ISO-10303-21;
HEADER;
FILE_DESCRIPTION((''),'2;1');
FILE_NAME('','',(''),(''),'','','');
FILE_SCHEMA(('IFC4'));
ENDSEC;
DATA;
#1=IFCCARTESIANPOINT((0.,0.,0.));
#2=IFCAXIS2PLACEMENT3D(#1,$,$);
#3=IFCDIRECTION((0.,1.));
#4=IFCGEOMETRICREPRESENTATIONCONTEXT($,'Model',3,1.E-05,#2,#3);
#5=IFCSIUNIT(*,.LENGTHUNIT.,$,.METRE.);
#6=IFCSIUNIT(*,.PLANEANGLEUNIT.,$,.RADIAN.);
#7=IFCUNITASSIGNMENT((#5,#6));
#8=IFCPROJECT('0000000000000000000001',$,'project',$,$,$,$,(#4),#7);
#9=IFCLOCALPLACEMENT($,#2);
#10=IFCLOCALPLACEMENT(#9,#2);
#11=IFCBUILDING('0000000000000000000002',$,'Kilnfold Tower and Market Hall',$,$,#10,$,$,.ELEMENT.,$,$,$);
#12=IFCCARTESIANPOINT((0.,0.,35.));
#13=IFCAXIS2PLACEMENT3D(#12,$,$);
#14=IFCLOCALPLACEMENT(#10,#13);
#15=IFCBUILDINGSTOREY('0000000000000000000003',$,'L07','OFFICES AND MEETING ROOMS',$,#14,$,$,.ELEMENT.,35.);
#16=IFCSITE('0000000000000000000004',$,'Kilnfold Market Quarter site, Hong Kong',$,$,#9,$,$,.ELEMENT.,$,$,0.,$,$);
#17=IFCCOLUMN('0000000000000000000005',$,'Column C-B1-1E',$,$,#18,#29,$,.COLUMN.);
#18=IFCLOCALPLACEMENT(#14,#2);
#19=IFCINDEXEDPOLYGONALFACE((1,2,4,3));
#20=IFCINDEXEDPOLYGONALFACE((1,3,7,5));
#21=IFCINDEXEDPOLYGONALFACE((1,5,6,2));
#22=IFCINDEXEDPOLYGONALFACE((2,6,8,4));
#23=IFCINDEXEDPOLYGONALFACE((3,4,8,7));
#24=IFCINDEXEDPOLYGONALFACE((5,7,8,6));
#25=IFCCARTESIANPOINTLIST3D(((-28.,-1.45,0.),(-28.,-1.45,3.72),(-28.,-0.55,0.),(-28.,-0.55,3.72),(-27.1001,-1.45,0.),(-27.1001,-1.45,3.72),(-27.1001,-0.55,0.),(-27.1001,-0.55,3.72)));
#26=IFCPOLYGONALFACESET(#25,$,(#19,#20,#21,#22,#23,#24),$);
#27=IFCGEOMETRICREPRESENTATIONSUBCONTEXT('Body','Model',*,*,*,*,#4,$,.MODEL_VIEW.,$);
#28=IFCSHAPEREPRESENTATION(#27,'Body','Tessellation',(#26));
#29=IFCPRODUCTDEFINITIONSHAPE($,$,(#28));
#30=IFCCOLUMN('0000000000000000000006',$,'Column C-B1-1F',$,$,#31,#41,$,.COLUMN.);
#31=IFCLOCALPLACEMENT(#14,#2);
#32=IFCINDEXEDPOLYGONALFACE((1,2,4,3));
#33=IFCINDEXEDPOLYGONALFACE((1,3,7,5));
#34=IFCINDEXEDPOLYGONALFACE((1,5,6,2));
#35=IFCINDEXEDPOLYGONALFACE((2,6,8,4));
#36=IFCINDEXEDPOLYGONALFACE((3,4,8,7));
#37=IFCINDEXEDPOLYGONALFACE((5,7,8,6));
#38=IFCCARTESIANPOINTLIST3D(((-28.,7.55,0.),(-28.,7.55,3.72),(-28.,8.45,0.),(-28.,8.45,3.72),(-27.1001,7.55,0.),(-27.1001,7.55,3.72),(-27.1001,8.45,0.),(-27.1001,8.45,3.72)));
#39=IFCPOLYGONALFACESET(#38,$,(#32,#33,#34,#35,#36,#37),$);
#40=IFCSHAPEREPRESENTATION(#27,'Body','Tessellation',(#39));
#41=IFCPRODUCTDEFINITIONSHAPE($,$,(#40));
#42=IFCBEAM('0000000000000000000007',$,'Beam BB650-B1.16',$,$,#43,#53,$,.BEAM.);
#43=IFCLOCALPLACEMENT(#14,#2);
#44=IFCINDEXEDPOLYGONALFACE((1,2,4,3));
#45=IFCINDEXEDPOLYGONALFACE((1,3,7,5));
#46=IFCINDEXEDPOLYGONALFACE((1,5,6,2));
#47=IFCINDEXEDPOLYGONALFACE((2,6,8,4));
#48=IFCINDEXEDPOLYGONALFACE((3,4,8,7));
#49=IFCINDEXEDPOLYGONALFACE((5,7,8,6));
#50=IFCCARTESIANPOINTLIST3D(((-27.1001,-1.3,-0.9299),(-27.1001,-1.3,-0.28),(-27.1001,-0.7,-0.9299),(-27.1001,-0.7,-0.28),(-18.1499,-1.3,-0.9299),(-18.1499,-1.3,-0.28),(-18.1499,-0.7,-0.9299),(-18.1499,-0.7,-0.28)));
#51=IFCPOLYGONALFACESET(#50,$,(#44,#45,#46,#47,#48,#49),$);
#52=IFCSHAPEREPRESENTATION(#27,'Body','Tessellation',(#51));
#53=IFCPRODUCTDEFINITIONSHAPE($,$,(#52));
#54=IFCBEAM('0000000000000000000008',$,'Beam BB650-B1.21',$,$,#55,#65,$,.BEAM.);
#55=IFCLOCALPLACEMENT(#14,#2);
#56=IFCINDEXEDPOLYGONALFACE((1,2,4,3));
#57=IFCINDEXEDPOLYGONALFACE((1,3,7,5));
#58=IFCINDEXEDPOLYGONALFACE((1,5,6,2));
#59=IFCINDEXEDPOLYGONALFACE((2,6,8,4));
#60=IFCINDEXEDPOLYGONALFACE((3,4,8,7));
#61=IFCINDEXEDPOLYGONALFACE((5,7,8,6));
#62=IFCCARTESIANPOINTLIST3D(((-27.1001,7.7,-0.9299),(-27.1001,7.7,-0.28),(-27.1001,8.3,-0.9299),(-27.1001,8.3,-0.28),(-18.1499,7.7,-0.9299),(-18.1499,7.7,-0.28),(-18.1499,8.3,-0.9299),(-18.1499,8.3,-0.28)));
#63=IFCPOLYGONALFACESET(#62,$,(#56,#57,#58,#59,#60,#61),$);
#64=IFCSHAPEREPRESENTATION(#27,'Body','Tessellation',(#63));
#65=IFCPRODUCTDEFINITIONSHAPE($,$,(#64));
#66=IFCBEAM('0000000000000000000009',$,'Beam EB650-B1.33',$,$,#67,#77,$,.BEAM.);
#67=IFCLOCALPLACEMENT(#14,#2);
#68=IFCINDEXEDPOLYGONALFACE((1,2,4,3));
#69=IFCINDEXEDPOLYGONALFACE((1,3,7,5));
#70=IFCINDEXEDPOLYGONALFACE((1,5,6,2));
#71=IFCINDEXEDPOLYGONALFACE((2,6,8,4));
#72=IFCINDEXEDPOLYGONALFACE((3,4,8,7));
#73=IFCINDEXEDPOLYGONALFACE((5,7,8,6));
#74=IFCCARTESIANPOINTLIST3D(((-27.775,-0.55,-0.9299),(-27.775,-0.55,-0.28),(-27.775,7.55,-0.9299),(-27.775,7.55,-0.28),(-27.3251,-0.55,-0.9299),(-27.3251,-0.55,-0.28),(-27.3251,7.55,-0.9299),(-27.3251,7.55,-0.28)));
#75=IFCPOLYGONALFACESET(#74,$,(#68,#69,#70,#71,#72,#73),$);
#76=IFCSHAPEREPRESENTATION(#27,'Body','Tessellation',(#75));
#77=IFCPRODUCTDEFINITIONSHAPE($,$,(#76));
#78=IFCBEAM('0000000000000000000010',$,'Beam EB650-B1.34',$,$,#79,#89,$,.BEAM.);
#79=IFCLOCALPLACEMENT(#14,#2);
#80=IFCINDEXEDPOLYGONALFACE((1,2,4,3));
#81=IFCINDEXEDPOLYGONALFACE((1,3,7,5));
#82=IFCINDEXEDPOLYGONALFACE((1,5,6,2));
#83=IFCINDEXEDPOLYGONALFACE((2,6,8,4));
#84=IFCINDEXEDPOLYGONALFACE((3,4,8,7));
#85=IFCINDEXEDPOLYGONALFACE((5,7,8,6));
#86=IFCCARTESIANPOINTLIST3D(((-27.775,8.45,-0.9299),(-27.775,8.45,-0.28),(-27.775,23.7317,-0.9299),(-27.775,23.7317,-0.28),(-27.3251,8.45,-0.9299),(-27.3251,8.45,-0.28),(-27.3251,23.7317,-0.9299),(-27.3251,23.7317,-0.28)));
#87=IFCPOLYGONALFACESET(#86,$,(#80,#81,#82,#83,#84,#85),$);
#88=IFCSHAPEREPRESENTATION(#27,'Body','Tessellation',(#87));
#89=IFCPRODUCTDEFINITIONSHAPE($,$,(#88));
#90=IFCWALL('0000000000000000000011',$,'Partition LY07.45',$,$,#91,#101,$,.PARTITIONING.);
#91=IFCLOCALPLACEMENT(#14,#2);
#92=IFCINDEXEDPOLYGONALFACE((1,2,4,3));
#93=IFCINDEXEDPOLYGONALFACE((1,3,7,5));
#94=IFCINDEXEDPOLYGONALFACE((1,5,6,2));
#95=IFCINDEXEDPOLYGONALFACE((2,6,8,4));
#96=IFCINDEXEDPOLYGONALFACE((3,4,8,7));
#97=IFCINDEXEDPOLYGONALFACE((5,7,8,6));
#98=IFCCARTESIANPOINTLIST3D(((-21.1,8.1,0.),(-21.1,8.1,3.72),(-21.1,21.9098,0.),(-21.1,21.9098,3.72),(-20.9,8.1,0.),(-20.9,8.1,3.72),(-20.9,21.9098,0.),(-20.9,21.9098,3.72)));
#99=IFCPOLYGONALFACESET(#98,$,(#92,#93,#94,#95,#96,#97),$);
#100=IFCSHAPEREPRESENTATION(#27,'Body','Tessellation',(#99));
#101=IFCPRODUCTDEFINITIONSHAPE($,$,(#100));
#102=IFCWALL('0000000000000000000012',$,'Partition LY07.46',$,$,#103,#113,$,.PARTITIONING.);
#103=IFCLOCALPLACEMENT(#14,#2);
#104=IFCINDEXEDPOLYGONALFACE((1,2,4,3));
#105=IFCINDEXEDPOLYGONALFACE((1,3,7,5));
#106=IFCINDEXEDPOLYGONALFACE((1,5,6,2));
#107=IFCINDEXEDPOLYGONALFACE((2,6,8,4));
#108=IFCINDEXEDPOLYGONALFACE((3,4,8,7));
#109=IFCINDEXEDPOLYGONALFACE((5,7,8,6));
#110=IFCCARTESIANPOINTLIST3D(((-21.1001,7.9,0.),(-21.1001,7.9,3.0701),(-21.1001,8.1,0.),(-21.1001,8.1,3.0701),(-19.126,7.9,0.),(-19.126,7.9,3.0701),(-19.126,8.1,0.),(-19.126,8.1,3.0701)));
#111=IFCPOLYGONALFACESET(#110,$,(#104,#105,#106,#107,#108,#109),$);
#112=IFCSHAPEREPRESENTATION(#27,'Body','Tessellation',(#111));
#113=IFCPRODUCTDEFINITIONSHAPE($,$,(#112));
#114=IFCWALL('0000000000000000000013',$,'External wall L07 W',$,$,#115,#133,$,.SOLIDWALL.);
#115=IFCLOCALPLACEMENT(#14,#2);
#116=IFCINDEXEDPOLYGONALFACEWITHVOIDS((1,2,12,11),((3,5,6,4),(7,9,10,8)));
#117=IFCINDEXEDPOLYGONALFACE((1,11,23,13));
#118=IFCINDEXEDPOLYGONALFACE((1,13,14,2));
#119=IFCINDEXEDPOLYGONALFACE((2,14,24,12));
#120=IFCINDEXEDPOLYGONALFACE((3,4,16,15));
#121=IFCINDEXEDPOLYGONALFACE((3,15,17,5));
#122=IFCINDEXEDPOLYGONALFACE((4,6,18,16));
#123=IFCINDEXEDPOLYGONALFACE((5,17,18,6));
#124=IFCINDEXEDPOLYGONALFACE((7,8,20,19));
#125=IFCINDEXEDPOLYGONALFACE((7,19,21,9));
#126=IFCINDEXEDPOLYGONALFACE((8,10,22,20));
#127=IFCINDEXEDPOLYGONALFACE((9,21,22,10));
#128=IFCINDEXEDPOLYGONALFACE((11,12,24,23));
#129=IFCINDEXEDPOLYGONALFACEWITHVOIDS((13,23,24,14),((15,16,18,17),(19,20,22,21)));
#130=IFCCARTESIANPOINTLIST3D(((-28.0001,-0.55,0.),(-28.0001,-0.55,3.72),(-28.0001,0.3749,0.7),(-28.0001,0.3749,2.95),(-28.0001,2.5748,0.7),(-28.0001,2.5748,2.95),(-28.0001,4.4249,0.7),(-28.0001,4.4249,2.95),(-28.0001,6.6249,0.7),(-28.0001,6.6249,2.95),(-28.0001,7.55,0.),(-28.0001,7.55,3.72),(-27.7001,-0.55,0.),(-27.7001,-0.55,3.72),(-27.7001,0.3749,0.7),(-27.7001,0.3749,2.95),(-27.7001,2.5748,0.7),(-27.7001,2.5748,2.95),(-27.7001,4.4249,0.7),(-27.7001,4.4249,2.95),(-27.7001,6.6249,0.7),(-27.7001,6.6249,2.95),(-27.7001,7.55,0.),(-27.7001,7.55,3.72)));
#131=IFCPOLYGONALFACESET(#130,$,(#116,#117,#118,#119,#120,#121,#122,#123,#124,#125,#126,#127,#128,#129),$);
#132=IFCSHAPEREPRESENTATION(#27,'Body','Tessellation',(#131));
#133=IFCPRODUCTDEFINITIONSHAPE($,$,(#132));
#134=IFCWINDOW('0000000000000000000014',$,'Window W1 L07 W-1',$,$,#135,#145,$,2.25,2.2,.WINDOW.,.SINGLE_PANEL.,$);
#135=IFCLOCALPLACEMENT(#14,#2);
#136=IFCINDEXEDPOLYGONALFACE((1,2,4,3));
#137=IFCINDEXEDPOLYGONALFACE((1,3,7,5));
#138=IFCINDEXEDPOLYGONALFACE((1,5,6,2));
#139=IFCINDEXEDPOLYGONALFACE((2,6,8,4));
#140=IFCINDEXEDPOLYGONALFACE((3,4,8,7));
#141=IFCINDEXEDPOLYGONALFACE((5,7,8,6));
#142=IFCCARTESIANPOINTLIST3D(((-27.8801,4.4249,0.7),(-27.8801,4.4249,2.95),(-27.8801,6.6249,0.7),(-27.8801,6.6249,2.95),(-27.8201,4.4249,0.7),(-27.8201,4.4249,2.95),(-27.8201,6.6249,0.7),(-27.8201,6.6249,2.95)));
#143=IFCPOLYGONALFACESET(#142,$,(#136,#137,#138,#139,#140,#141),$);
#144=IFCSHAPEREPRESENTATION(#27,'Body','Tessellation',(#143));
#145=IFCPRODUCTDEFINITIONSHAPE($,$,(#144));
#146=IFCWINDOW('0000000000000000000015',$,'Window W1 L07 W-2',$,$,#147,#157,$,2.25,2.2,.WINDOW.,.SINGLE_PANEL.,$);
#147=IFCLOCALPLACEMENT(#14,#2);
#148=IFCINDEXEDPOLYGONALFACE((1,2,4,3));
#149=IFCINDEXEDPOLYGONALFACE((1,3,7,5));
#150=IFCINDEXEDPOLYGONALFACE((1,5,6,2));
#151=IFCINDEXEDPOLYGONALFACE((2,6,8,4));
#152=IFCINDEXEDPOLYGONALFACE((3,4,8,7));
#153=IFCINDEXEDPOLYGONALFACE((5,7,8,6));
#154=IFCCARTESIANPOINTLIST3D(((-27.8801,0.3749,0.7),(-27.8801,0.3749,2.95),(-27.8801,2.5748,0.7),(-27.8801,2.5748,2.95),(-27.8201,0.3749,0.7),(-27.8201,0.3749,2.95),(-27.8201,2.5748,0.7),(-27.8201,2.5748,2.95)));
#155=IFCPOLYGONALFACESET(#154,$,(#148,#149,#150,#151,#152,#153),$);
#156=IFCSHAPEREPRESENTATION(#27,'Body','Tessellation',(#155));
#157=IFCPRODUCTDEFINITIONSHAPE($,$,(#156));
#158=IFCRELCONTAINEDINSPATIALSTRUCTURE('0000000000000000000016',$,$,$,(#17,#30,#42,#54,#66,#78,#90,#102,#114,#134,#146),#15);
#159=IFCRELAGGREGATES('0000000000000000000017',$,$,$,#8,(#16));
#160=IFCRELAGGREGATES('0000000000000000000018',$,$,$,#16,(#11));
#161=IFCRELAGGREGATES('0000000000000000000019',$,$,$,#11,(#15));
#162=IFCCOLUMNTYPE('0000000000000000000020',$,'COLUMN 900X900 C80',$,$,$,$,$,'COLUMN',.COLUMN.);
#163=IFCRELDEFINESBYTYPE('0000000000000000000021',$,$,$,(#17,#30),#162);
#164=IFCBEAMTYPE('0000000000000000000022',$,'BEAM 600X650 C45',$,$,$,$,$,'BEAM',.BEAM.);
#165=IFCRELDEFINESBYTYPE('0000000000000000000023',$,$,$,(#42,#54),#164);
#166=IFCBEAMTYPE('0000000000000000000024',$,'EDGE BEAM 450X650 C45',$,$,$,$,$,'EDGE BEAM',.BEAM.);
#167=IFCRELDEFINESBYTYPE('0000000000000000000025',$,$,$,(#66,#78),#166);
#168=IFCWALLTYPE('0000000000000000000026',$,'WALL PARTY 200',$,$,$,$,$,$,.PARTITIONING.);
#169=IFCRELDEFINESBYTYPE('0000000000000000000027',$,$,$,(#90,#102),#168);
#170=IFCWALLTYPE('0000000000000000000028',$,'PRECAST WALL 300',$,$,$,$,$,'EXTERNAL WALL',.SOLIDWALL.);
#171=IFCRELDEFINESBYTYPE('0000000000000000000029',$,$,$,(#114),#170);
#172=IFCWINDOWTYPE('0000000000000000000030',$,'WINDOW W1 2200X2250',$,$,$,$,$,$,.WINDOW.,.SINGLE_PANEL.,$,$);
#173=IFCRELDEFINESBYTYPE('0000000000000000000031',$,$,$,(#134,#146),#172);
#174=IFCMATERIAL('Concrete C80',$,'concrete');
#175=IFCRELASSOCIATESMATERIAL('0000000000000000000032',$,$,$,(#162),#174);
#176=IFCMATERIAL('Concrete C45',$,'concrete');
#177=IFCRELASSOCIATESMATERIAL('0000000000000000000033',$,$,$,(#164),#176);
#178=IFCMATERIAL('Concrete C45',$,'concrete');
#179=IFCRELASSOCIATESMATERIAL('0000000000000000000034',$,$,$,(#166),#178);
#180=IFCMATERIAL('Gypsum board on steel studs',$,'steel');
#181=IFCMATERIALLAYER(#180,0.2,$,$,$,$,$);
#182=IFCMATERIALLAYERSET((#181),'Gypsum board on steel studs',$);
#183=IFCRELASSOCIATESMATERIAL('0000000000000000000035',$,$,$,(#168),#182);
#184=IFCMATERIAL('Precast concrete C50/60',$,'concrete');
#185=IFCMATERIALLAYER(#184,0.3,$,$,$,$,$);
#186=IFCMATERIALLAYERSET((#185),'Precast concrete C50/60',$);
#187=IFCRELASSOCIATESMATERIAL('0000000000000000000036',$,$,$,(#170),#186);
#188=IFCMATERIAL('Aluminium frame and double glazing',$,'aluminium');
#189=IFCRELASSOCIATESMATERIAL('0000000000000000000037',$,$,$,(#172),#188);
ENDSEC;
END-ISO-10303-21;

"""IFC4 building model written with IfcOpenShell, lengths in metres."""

from ifc_helpers import new_model, si_unit, direction, frame, frame_2d, origin, origin_2d, place, context, subcontext, project, spatial, rectangle, extrude, source, transform, mapped, material, layer, layer_set, material_profile, profile_set, type_object, element, fill, save


model = new_model("IFC4")

# Units and contexts
model_context = context("Model", 3, precision=1e-05, world=origin(), true_north=direction((0.0, 1.0)))
body_context = subcontext(model_context, "Body", "Model", "MODEL_VIEW")
ifc_project = project(units=[si_unit("LENGTHUNIT", "METRE"), si_unit("PLANEANGLEUNIT", "RADIAN")], contexts=[model_context])

# Site, building, storey
site_placement = place(None, origin())
site = spatial("IfcSite", under=ifc_project, at=site_placement, Name="Kilnfold Market Quarter site, Hong Kong", CompositionType="ELEMENT", RefElevation=0.0)
building_placement = place(site_placement, origin())
building = spatial("IfcBuilding", under=site, at=building_placement, Name="Kilnfold Tower and Market Hall", CompositionType="ELEMENT")
storey_placement = place(building_placement, frame((0.0, 0.0, 35.0)))
storey = spatial("IfcBuildingStorey", under=building, at=storey_placement, Name="L07", Description="OFFICES AND MEETING ROOMS", CompositionType="ELEMENT", Elevation=35.0)

# Columns
ifc_material_1 = material(Name="Concrete C80", Category="concrete")
ifc_material_profile_1 = material_profile(ifc_material_1, rectangle(XDim=0.8999, YDim=0.8999, at=origin_2d()), Name="RC 900x900")
ifc_profile_set_1 = profile_set([ifc_material_profile_1], Name="Concrete C80")
column_type = type_object("IfcColumnType", Name="COLUMN 900X900 C80", ElementType="COLUMN", PredefinedType="COLUMN", material=ifc_profile_set_1)
shared_shape_1 = source(origin(), body_context, "Body", "SweptSolid", [
    extrude(rectangle(XDim=0.8999, YDim=0.8999, at=origin_2d()), origin(), (0.0, 0.0, 1.0), 3.72),
])
for number, where, z_axis, x_axis, name in (
    (1, (-27.55, -1.0, 0.0), (0.0, 0.0, 1.0), (1.0, 0.0, 0.0), "Column C-B1-1E"),
    (2, (-27.55, 8.0, 0.0), (0.0, 0.0, 1.0), (1.0, 0.0, 0.0), "Column C-B1-1F"),
):
    element("IfcColumn", number, at=place(storey_placement, frame(where, z_axis=z_axis, x_axis=x_axis)), inside=storey, type_object=column_type, Name=name, PredefinedType="COLUMN", context=body_context, shape_type="MappedRepresentation", body=[
        mapped(shared_shape_1, transform((0.0, 0.0, 0.0))),
    ])

# Beams
ifc_material_2 = material(Name="Concrete C45", Category="concrete")
ifc_material_profile_2 = material_profile(ifc_material_2, rectangle(XDim=0.6001, YDim=0.6499, at=origin_2d()), Name="RC 600x650")
ifc_profile_set_2 = profile_set([ifc_material_profile_2], Name="Concrete C45")
beam_type_1 = type_object("IfcBeamType", Name="BEAM 600X650 C45", ElementType="BEAM", PredefinedType="BEAM", material=ifc_profile_set_2)
shared_shape_2 = source(origin(), body_context, "Body", "SweptSolid", [
    extrude(rectangle(XDim=0.6001, YDim=0.6499, at=origin_2d()), origin(), (0.0, 0.0, 1.0), 8.9502),
])
for number, where, z_axis, x_axis, name in (
    (3, (-27.1001, -1.0, -0.605), (1.0, 0.0, 0.0), (0.0, 1.0, 0.0), "Beam BB650-B1.16"),
    (4, (-27.1001, 8.0, -0.605), (1.0, 0.0, 0.0), (0.0, 1.0, 0.0), "Beam BB650-B1.21"),
):
    element("IfcBeam", number, at=place(storey_placement, frame(where, z_axis=z_axis, x_axis=x_axis)), inside=storey, type_object=beam_type_1, Name=name, PredefinedType="BEAM", context=body_context, shape_type="MappedRepresentation", body=[
        mapped(shared_shape_2, transform((0.0, 0.0, 0.0))),
    ])
ifc_material_3 = material(Name="Concrete C45", Category="concrete")
ifc_material_profile_3 = material_profile(ifc_material_3, rectangle(XDim=0.45, YDim=0.6499, at=origin_2d()), Name="RC 450x650")
ifc_profile_set_3 = profile_set([ifc_material_profile_3], Name="Concrete C45")
beam_type_2 = type_object("IfcBeamType", Name="EDGE BEAM 450X650 C45", ElementType="EDGE BEAM", PredefinedType="BEAM", material=ifc_profile_set_3)
shared_shape_3 = source(origin(), body_context, "Body", "SweptSolid", [
    extrude(rectangle(XDim=0.45, YDim=0.6499, at=origin_2d()), origin(), (0.0, 0.0, 1.0), 8.1001),
])
beam_1_placement = place(storey_placement, frame((-27.55, -0.55, -0.605), z_axis=(0.0, 1.0, 0.0), x_axis=(-1.0, 0.0, 0.0)))
element("IfcBeam", 5, at=beam_1_placement, inside=storey, type_object=beam_type_2, Name="Beam EB650-B1.33", PredefinedType="BEAM", context=body_context, shape_type="MappedRepresentation", body=[
    mapped(shared_shape_3, transform((0.0, 0.0, 0.0))),
])
shared_shape_4 = source(origin(), body_context, "Body", "SweptSolid", [
    extrude(rectangle(XDim=0.45, YDim=0.6499, at=origin_2d()), origin(), (0.0, 0.0, 1.0), 15.2817),
])
beam_2_placement = place(storey_placement, frame((-27.55, 8.45, -0.605), z_axis=(0.0, 1.0, 0.0), x_axis=(-1.0, 0.0, 0.0)))
element("IfcBeam", 6, at=beam_2_placement, inside=storey, type_object=beam_type_2, Name="Beam EB650-B1.34", PredefinedType="BEAM", context=body_context, shape_type="MappedRepresentation", body=[
    mapped(shared_shape_4, transform((0.0, 0.0, 0.0))),
])

# Walls
ifc_material_4 = material(Name="Gypsum board on steel studs", Category="steel")
ifc_layer_1 = layer(ifc_material_4, 0.2)
ifc_layer_set_1 = layer_set([ifc_layer_1], Name="Gypsum board on steel studs")
wall_type_1 = type_object("IfcWallType", Name="WALL PARTY 200", PredefinedType="PARTITIONING", material=ifc_layer_set_1)
wall_1_placement = place(storey_placement, frame((-21.0, 8.1001, 0.0), z_axis=(0.0, 0.0, 1.0), x_axis=(0.0, 1.0, 0.0)))
element("IfcWall", 7, at=wall_1_placement, inside=storey, type_object=wall_type_1, Name="Partition LY07.45", PredefinedType="PARTITIONING", context=body_context, shape_type="SweptSolid", body=[
    extrude(rectangle(XDim=13.8098, YDim=0.2, at=frame_2d((6.9048, 0.0))), origin(), (0.0, 0.0, 1.0), 3.72),
])
wall_2_placement = place(storey_placement, frame((-21.1001, 8.0, 0.0), z_axis=(0.0, 0.0, 1.0), x_axis=(1.0, 0.0, 0.0)))
element("IfcWall", 8, at=wall_2_placement, inside=storey, type_object=wall_type_1, Name="Partition LY07.46", PredefinedType="PARTITIONING", context=body_context, shape_type="SweptSolid", body=[
    extrude(rectangle(XDim=1.9741, YDim=0.2, at=frame_2d((0.9871, 0.0))), origin(), (0.0, 0.0, 1.0), 3.0701),
])

# Wall, openings, windows
ifc_material_5 = material(Name="Precast concrete C50/60", Category="concrete")
ifc_layer_2 = layer(ifc_material_5, 0.3)
ifc_layer_set_2 = layer_set([ifc_layer_2], Name="Precast concrete C50/60")
wall_type_2 = type_object("IfcWallType", Name="PRECAST WALL 300", ElementType="EXTERNAL WALL", PredefinedType="SOLIDWALL", material=ifc_layer_set_2)
shared_shape_5 = source(origin(), body_context, "Body", "SweptSolid", [
    extrude(rectangle(XDim=8.1001, YDim=0.3, at=frame_2d((4.05, 0.0))), origin(), (0.0, 0.0, 1.0), 3.72),
])
wall_3_placement = place(storey_placement, frame((-27.8501, 7.55, 0.0), z_axis=(0.0, 0.0, 1.0), x_axis=(0.0, -1.0, 0.0)))
wall_3 = element("IfcWall", 9, at=wall_3_placement, inside=storey, type_object=wall_type_2, Name="External wall L07 W", PredefinedType="SOLIDWALL", context=body_context, shape_type="MappedRepresentation", body=[
    mapped(shared_shape_5, transform((0.0, 0.0, 0.0))),
])
opening_1_placement = place(wall_3_placement, frame((0.925, 0.0, 0.7)))
opening_1 = element("IfcOpeningElement", 10, at=opening_1_placement, cuts=wall_3, PredefinedType="OPENING", context=body_context, shape_type="SweptSolid", body=[
    extrude(rectangle(XDim=2.2, YDim=2.25, at=frame_2d((1.1001, 1.125))), frame((0.0, 0.1602, 0.0), z_axis=(0.0, -1.0, 0.0), x_axis=(1.0, 0.0, 0.0)), (0.0, 0.0, 1.0), 0.3201),
])
opening_2_placement = place(wall_3_placement, frame((4.9751, 0.0, 0.7)))
opening_2 = element("IfcOpeningElement", 11, at=opening_2_placement, cuts=wall_3, PredefinedType="OPENING", context=body_context, shape_type="SweptSolid", body=[
    extrude(rectangle(XDim=2.2, YDim=2.25, at=frame_2d((1.1001, 1.125))), frame((0.0, 0.1602, 0.0), z_axis=(0.0, -1.0, 0.0), x_axis=(1.0, 0.0, 0.0)), (0.0, 0.0, 1.0), 0.3201),
])
ifc_material_6 = material(Name="Aluminium frame and double glazing", Category="aluminium")
window_type = type_object("IfcWindowType", Name="WINDOW W1 2200X2250", PartitioningType="SINGLE_PANEL", PredefinedType="WINDOW", material=ifc_material_6)
window_1_placement = place(opening_1_placement, origin())
window_1 = element("IfcWindow", 12, at=window_1_placement, inside=storey, type_object=window_type, Name="Window W1 L07 W-1", OverallHeight=2.25, OverallWidth=2.2, PartitioningType="SINGLE_PANEL", PredefinedType="WINDOW", context=body_context, shape_type="SweptSolid", body=[
    extrude(rectangle(XDim=2.2, YDim=2.25, at=frame_2d((1.1001, 1.125))), frame((0.0, 0.03, 0.0), z_axis=(0.0, -1.0, 0.0), x_axis=(1.0, 0.0, 0.0)), (0.0, 0.0, 1.0), 0.0601),
])
fill(opening_1, window_1)
window_2_placement = place(opening_2_placement, origin())
window_2 = element("IfcWindow", 13, at=window_2_placement, inside=storey, type_object=window_type, Name="Window W1 L07 W-2", OverallHeight=2.25, OverallWidth=2.2, PartitioningType="SINGLE_PANEL", PredefinedType="WINDOW", context=body_context, shape_type="SweptSolid", body=[
    extrude(rectangle(XDim=2.2, YDim=2.25, at=frame_2d((1.1001, 1.125))), frame((0.0, 0.03, 0.0), z_axis=(0.0, -1.0, 0.0), x_axis=(1.0, 0.0, 0.0)), (0.0, 0.0, 1.0), 0.0601),
])
fill(opening_2, window_2)

save(model, "model.ifc")
